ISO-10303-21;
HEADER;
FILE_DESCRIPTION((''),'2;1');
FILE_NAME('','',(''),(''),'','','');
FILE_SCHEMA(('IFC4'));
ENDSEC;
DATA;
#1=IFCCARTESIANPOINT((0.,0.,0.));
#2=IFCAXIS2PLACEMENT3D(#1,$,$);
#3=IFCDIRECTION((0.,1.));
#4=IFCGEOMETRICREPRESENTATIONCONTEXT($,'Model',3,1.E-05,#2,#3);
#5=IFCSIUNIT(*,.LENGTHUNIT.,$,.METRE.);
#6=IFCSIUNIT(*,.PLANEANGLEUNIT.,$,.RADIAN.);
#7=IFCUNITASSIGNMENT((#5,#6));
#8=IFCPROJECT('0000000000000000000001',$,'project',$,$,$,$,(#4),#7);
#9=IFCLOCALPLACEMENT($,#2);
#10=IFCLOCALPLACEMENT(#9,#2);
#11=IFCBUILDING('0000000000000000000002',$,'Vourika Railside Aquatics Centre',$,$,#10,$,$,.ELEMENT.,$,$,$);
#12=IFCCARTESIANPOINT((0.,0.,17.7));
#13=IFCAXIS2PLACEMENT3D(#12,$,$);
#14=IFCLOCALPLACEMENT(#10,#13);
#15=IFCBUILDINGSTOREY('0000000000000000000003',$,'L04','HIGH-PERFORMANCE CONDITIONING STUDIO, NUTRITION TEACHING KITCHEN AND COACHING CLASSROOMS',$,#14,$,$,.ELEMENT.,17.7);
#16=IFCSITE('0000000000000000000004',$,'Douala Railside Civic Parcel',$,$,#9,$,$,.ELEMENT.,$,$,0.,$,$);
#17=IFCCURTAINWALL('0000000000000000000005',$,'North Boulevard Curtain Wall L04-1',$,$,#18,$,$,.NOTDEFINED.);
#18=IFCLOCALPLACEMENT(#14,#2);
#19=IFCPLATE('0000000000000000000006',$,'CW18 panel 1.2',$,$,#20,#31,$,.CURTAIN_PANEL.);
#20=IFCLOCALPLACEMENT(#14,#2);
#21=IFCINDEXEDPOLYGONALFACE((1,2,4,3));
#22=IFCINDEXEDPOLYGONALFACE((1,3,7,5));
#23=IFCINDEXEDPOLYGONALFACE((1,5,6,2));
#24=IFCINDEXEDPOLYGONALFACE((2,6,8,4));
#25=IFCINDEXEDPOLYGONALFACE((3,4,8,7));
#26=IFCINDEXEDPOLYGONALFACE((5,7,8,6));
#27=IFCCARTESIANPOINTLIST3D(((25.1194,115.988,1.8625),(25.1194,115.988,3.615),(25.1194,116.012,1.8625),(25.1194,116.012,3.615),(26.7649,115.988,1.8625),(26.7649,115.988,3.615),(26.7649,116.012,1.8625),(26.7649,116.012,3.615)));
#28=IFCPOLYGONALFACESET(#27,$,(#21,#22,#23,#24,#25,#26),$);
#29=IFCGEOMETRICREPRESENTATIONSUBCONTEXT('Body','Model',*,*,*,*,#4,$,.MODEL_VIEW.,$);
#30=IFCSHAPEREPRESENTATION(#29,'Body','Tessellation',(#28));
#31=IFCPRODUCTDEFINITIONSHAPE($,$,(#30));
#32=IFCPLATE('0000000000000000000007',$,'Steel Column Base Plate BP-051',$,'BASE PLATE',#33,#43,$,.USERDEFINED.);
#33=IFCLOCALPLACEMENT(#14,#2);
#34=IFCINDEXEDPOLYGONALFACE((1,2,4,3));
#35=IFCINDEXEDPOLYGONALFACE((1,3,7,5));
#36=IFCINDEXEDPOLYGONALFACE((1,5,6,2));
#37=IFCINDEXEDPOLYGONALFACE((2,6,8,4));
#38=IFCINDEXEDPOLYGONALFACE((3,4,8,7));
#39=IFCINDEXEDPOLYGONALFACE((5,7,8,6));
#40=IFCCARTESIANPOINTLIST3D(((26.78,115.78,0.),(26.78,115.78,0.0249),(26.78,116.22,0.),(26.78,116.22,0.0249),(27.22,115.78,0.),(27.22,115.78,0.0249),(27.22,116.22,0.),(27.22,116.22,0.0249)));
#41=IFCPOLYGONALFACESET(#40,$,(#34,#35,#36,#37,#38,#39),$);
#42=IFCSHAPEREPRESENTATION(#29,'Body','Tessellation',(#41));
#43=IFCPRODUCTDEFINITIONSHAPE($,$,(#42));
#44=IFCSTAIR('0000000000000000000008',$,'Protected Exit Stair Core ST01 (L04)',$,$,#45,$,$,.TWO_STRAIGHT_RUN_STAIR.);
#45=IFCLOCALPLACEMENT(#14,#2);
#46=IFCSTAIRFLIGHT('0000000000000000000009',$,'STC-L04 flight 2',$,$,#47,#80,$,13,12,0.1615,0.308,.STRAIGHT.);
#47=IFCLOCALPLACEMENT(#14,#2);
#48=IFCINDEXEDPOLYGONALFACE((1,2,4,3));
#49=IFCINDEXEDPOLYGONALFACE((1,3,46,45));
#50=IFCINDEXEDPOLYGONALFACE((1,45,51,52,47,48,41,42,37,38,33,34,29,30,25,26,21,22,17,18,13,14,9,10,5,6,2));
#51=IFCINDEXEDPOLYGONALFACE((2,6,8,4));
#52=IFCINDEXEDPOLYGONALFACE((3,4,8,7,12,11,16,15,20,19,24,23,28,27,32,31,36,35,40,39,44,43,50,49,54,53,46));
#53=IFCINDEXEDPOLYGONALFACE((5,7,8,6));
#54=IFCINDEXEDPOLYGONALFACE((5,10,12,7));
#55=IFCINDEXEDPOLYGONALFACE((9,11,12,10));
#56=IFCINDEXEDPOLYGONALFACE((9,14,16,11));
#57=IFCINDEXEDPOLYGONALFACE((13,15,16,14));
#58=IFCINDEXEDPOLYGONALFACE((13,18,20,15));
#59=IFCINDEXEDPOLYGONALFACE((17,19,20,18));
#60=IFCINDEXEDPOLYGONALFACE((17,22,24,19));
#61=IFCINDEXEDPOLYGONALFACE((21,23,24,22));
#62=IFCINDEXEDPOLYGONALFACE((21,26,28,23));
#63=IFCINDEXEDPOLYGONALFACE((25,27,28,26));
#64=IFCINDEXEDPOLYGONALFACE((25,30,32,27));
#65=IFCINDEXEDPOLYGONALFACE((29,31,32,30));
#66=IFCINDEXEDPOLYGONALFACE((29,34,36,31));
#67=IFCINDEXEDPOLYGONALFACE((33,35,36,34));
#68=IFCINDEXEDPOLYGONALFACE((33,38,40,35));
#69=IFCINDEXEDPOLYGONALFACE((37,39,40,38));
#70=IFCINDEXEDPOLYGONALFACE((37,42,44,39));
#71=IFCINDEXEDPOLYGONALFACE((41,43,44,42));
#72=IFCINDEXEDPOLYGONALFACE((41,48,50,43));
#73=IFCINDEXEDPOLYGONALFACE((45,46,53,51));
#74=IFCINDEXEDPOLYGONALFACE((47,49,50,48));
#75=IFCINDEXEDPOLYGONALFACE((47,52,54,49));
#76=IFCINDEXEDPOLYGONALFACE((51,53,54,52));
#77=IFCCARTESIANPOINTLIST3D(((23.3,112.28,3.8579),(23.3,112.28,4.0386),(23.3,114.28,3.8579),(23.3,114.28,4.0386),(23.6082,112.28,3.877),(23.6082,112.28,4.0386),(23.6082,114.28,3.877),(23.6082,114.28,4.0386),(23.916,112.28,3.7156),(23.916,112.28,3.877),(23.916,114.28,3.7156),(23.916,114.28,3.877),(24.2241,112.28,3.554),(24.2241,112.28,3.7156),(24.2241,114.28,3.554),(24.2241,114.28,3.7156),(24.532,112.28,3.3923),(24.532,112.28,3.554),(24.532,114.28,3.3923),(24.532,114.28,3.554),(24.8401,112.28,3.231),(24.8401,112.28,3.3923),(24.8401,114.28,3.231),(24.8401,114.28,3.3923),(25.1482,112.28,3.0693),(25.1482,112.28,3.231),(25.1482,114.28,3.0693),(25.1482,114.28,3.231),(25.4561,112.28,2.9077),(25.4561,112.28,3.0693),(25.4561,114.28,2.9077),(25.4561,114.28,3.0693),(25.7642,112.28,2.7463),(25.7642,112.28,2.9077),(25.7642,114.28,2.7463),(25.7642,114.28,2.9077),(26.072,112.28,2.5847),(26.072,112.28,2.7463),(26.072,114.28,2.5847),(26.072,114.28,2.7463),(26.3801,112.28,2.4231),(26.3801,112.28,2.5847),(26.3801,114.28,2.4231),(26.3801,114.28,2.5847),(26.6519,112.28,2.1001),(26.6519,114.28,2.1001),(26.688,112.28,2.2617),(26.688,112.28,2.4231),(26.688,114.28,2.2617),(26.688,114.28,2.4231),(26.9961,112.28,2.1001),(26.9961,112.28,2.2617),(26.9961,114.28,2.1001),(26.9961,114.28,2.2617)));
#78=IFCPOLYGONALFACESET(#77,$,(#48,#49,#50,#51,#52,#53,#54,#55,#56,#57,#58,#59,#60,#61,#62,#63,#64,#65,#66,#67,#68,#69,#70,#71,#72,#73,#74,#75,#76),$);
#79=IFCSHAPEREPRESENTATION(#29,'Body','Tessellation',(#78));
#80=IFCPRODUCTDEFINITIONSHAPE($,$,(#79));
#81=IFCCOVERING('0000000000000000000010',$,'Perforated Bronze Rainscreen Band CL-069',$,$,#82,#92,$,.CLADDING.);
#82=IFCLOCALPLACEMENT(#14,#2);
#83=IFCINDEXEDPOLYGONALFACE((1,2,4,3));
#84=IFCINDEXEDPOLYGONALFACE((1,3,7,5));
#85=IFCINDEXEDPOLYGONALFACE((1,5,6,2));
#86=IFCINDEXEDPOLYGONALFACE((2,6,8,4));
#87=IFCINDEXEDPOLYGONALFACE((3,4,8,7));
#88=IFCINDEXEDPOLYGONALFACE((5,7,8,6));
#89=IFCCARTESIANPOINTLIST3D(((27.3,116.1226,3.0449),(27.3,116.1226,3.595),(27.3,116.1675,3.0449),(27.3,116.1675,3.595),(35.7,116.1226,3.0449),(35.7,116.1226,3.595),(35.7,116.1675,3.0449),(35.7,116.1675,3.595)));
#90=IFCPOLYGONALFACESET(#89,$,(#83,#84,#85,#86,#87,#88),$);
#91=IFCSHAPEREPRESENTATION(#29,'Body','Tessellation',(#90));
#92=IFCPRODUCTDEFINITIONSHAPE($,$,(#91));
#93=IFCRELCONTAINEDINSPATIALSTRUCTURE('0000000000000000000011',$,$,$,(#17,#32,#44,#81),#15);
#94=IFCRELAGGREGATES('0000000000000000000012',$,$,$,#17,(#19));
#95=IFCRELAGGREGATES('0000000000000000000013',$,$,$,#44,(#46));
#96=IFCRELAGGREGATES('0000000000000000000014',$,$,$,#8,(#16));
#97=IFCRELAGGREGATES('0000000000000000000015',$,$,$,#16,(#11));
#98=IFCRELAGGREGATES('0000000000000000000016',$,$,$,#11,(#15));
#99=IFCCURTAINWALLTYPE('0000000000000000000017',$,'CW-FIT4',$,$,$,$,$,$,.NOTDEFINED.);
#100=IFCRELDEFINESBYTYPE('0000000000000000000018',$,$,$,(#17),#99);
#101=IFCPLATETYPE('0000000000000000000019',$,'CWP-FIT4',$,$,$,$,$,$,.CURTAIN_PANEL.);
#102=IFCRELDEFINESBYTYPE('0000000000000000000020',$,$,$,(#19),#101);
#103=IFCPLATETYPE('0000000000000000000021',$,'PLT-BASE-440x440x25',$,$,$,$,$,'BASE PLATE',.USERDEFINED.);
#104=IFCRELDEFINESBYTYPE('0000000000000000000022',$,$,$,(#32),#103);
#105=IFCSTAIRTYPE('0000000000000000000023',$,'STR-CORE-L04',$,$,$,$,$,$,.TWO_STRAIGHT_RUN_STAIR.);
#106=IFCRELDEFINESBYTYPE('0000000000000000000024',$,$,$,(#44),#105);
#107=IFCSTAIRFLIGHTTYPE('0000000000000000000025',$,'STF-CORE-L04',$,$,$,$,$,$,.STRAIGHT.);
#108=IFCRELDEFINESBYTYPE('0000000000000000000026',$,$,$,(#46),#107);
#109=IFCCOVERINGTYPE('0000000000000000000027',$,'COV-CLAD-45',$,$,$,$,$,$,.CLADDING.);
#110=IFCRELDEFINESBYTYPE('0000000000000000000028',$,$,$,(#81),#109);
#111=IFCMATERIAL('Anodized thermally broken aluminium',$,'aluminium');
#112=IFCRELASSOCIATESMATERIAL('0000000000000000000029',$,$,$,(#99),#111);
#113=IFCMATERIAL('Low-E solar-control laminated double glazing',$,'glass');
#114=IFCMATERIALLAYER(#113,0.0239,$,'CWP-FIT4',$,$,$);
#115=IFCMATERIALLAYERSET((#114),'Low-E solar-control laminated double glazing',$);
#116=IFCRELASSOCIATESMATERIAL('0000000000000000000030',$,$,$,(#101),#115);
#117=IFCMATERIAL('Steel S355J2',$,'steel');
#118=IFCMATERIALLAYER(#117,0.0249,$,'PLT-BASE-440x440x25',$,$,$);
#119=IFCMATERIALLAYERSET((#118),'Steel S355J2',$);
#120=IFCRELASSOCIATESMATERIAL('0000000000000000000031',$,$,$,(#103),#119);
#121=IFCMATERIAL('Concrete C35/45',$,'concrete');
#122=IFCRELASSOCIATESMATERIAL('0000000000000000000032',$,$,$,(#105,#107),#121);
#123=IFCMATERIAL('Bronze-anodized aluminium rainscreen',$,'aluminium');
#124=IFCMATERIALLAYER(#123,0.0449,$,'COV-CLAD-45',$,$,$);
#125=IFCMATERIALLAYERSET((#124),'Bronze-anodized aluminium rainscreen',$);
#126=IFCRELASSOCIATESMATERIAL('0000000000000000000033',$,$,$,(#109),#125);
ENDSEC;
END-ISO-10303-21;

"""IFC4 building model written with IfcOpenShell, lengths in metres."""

from ifc_helpers import new_model, si_unit, direction, frame, origin, origin_2d, place, context, subcontext, project, spatial, polyline, rectangle, outline, extrude, material, layer, layer_set, type_object, element, aggregate, save


model = new_model("IFC4")

# Units and contexts
model_context = context("Model", 3, precision=1e-05, world=origin(), true_north=direction((0.0, 1.0)))
body_context = subcontext(model_context, "Body", "Model", "MODEL_VIEW")
ifc_project = project(units=[si_unit("LENGTHUNIT", "METRE"), si_unit("PLANEANGLEUNIT", "RADIAN")], contexts=[model_context])

# Site, building, storey
site_placement = place(None, origin())
site = spatial("IfcSite", under=ifc_project, at=site_placement, Name="Douala Railside Civic Parcel", CompositionType="ELEMENT", RefElevation=0.0)
building_placement = place(site_placement, origin())
building = spatial("IfcBuilding", under=site, at=building_placement, Name="Vourika Railside Aquatics Centre", CompositionType="ELEMENT")
storey_placement = place(building_placement, frame((0.0, 0.0, 17.7)))
storey = spatial("IfcBuildingStorey", under=building, at=storey_placement, Name="L04", Description="HIGH-PERFORMANCE CONDITIONING STUDIO, NUTRITION TEACHING KITCHEN AND COACHING CLASSROOMS", CompositionType="ELEMENT", Elevation=17.7)

# Shared definitions
ifc_material_1 = material(Name="Concrete C35/45", Category="concrete")
ifc_material_2 = material(Name="Steel S355J2", Category="steel")

# Curtain wall, plate
ifc_material_3 = material(Name="Anodized thermally broken aluminium", Category="aluminium")
curtain_wall_type = type_object("IfcCurtainWallType", Name="CW-FIT4", PredefinedType="NOTDEFINED", material=ifc_material_3)
curtain_wall_placement = place(storey_placement, origin())
curtain_wall = element("IfcCurtainWall", 1, at=curtain_wall_placement, inside=storey, type_object=curtain_wall_type, Name="North Boulevard Curtain Wall L04-1", PredefinedType="NOTDEFINED")
ifc_material_4 = material(Name="Low-E solar-control laminated double glazing", Category="glass")
ifc_layer_1 = layer(ifc_material_4, 0.0239, Name="CWP-FIT4")
ifc_layer_set_1 = layer_set([ifc_layer_1], Name="Low-E solar-control laminated double glazing")
plate_type_1 = type_object("IfcPlateType", Name="CWP-FIT4", PredefinedType="CURTAIN_PANEL", material=ifc_layer_set_1)
plate_1_placement = place(storey_placement, frame((25.9421, 116.0, 1.8625), z_axis=(0.0, 0.0, 1.0), x_axis=(-1.0, 0.0, 0.0)))
plate_1 = element("IfcPlate", 2, at=plate_1_placement, type_object=plate_type_1, Name="CW18 panel 1.2", PredefinedType="CURTAIN_PANEL", context=body_context, shape_type="SweptSolid", body=[
    extrude(rectangle(XDim=1.6455, YDim=0.0239, at=origin_2d()), origin(), (0.0, 0.0, 1.0), 1.7524),
])
aggregate(curtain_wall, [plate_1])

# Plate
ifc_layer_2 = layer(ifc_material_2, 0.0249, Name="PLT-BASE-440x440x25")
ifc_layer_set_2 = layer_set([ifc_layer_2], Name="Steel S355J2")
plate_type_2 = type_object("IfcPlateType", Name="PLT-BASE-440x440x25", ElementType="BASE PLATE", PredefinedType="USERDEFINED", material=ifc_layer_set_2)
plate_2_placement = place(storey_placement, frame((27.0, 116.0, 0.0), z_axis=(0.0, 0.0, 1.0), x_axis=(1.0, 0.0, 0.0)))
element("IfcPlate", 3, at=plate_2_placement, inside=storey, type_object=plate_type_2, Name="Steel Column Base Plate BP-051", ObjectType="BASE PLATE", PredefinedType="USERDEFINED", context=body_context, shape_type="SweptSolid", body=[
    extrude(rectangle(XDim=0.4399, YDim=0.4399, at=origin_2d()), origin(), (0.0, 0.0, 1.0), 0.0249),
])

# Stair, stair flight
stair_type = type_object("IfcStairType", Name="STR-CORE-L04", PredefinedType="TWO_STRAIGHT_RUN_STAIR", material=ifc_material_1)
stair_placement = place(storey_placement, origin())
stair = element("IfcStair", 4, at=stair_placement, inside=storey, type_object=stair_type, Name="Protected Exit Stair Core ST01 (L04)", PredefinedType="TWO_STRAIGHT_RUN_STAIR")
stair_flight_type = type_object("IfcStairFlightType", Name="STF-CORE-L04", PredefinedType="STRAIGHT", material=ifc_material_1)
stair_flight_placement = place(storey_placement, frame((26.9961, 113.28, 2.1001), z_axis=(0.0, 0.0, 1.0), x_axis=(-1.0, 0.0, 0.0)))
stair_flight = element("IfcStairFlight", 5, at=stair_flight_placement, type_object=stair_flight_type, Name="STC-L04 flight 2", NumberOfRisers=13, NumberOfTreads=12, PredefinedType="STRAIGHT", RiserHeight=0.1615, TreadLength=0.308, context=body_context, shape_type="SweptSolid", body=[
    extrude(outline(polyline([(0.0, 0.0), (0.0, 0.1616), (0.3081, 0.1616), (0.3081, 0.323), (0.616, 0.323), (0.616, 0.4846), (0.9241, 0.4846), (0.9241, 0.6462), (1.2319, 0.6462), (1.2319, 0.8076), (1.54, 0.8076), (1.54, 0.9692), (1.8479, 0.9692), (1.8479, 1.1309), (2.156, 1.1309), (2.156, 1.2922), (2.4641, 1.2922), (2.4641, 1.4539), (2.772, 1.4539), (2.772, 1.6155), (3.0801, 1.6155), (3.0801, 1.7769), (3.3879, 1.7769), (3.3879, 1.9385), (3.696, 1.9385), (3.696, 2.1001), (3.696, 1.7578), (0.3442, 0.0), (0.0, 0.0)])), frame((0.0, 1.0, 0.0), z_axis=(0.0, -1.0, 0.0), x_axis=(1.0, 0.0, 0.0)), (0.0, 0.0, 1.0), 2.0),
])
aggregate(stair, [stair_flight])

# Covering
ifc_material_5 = material(Name="Bronze-anodized aluminium rainscreen", Category="aluminium")
ifc_layer_3 = layer(ifc_material_5, 0.0449, Name="COV-CLAD-45")
ifc_layer_set_3 = layer_set([ifc_layer_3], Name="Bronze-anodized aluminium rainscreen")
covering_type = type_object("IfcCoveringType", Name="COV-CLAD-45", PredefinedType="CLADDING", material=ifc_layer_set_3)
covering_placement = place(storey_placement, frame((31.5, 116.145, 3.0449), z_axis=(0.0, 0.0, 1.0), x_axis=(-1.0, 0.0, 0.0)))
element("IfcCovering", 6, at=covering_placement, inside=storey, type_object=covering_type, Name="Perforated Bronze Rainscreen Band CL-069", PredefinedType="CLADDING", context=body_context, shape_type="SweptSolid", body=[
    extrude(rectangle(XDim=8.3999, YDim=0.0449, at=origin_2d()), origin(), (0.0, 0.0, 1.0), 0.55),
])

save(model, "model.ifc")
